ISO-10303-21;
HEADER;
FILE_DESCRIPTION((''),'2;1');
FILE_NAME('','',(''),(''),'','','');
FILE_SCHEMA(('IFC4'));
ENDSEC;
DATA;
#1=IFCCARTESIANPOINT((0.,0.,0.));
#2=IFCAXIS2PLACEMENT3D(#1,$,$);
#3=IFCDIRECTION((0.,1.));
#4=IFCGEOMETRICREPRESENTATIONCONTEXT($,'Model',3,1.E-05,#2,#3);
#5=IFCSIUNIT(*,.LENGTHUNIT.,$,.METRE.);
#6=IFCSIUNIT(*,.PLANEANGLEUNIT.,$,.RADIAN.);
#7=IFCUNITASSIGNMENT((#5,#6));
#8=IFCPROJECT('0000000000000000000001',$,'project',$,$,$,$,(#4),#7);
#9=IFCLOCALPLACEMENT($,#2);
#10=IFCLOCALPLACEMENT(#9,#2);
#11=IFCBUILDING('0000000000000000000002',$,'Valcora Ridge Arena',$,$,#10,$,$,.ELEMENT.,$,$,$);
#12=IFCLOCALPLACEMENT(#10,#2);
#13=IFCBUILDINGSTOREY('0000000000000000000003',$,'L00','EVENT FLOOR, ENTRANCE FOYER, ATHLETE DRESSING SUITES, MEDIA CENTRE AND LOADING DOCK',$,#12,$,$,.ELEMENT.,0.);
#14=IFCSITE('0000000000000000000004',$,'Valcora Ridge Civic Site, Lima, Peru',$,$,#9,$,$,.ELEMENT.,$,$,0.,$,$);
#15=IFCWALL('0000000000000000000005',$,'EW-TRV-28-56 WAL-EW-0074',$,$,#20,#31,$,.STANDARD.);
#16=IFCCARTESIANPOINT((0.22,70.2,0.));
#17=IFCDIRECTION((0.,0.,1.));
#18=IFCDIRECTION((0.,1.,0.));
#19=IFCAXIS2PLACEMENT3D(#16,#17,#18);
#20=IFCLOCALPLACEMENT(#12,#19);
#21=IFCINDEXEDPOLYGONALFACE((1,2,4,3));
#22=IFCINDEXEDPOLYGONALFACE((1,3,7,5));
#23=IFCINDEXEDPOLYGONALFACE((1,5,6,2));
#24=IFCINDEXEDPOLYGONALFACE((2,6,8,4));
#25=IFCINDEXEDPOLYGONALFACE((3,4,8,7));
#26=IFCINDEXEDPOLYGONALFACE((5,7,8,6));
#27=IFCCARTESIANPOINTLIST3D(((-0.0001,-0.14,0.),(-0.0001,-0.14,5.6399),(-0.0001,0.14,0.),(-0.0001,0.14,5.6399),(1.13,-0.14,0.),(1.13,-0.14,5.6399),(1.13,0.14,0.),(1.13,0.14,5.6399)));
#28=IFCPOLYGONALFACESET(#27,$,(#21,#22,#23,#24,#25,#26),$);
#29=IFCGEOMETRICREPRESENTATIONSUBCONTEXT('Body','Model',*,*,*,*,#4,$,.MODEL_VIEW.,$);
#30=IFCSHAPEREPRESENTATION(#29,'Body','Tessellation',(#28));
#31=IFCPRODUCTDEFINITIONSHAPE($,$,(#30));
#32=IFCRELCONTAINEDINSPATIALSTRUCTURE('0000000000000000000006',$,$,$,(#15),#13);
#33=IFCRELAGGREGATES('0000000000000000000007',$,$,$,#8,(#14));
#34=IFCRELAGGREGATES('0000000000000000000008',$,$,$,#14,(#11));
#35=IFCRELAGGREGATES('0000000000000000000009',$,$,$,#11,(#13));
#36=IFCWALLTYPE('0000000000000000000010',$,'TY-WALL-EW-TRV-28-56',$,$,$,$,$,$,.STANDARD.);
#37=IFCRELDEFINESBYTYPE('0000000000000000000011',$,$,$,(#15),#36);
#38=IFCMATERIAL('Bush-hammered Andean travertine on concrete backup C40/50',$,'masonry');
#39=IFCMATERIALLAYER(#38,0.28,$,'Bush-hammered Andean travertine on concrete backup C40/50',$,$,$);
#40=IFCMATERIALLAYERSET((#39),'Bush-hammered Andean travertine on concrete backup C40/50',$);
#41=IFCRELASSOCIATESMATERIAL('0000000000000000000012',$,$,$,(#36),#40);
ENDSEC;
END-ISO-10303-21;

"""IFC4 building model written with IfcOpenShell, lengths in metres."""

from ifc_helpers import new_model, si_unit, direction, frame, frame_2d, origin, place, context, subcontext, project, spatial, rectangle, extrude, material, layer, layer_set, type_object, element, save


model = new_model("IFC4")

# Units and contexts
model_context = context("Model", 3, precision=1e-05, world=origin(), true_north=direction((0.0, 1.0)))
body_context = subcontext(model_context, "Body", "Model", "MODEL_VIEW")
ifc_project = project(units=[si_unit("LENGTHUNIT", "METRE"), si_unit("PLANEANGLEUNIT", "RADIAN")], contexts=[model_context])

# Site, building, storey
site_placement = place(None, origin())
site = spatial("IfcSite", under=ifc_project, at=site_placement, Name="Valcora Ridge Civic Site, Lima, Peru", CompositionType="ELEMENT", RefElevation=0.0)
building_placement = place(site_placement, origin())
building = spatial("IfcBuilding", under=site, at=building_placement, Name="Valcora Ridge Arena", CompositionType="ELEMENT")
storey_placement = place(building_placement, origin())
storey = spatial("IfcBuildingStorey", under=building, at=storey_placement, Name="L00", Description="EVENT FLOOR, ENTRANCE FOYER, ATHLETE DRESSING SUITES, MEDIA CENTRE AND LOADING DOCK", CompositionType="ELEMENT", Elevation=0.0)

# Wall
ifc_material_1 = material(Name="Bush-hammered Andean travertine on concrete backup C40/50", Category="masonry")
ifc_layer_1 = layer(ifc_material_1, 0.28, Name="Bush-hammered Andean travertine on concrete backup C40/50")
ifc_layer_set_1 = layer_set([ifc_layer_1], Name="Bush-hammered Andean travertine on concrete backup C40/50")
wall_type_1 = type_object("IfcWallType", Name="TY-WALL-EW-TRV-28-56", PredefinedType="STANDARD", material=ifc_layer_set_1)
wall_1_placement = place(storey_placement, frame((0.22, 70.2, 0.0), z_axis=(0.0, 0.0, 1.0), x_axis=(0.0, 1.0, 0.0)))
element("IfcWall", 1, at=wall_1_placement, inside=storey, type_object=wall_type_1, Name="EW-TRV-28-56 WAL-EW-0074", PredefinedType="STANDARD", context=body_context, shape_type="SweptSolid", body=[
    extrude(rectangle(XDim=1.1301, YDim=0.28, at=frame_2d((0.5649, 0.0))), origin(), (0.0, 0.0, 1.0), 5.6399),
])

save(model, "model.ifc")
